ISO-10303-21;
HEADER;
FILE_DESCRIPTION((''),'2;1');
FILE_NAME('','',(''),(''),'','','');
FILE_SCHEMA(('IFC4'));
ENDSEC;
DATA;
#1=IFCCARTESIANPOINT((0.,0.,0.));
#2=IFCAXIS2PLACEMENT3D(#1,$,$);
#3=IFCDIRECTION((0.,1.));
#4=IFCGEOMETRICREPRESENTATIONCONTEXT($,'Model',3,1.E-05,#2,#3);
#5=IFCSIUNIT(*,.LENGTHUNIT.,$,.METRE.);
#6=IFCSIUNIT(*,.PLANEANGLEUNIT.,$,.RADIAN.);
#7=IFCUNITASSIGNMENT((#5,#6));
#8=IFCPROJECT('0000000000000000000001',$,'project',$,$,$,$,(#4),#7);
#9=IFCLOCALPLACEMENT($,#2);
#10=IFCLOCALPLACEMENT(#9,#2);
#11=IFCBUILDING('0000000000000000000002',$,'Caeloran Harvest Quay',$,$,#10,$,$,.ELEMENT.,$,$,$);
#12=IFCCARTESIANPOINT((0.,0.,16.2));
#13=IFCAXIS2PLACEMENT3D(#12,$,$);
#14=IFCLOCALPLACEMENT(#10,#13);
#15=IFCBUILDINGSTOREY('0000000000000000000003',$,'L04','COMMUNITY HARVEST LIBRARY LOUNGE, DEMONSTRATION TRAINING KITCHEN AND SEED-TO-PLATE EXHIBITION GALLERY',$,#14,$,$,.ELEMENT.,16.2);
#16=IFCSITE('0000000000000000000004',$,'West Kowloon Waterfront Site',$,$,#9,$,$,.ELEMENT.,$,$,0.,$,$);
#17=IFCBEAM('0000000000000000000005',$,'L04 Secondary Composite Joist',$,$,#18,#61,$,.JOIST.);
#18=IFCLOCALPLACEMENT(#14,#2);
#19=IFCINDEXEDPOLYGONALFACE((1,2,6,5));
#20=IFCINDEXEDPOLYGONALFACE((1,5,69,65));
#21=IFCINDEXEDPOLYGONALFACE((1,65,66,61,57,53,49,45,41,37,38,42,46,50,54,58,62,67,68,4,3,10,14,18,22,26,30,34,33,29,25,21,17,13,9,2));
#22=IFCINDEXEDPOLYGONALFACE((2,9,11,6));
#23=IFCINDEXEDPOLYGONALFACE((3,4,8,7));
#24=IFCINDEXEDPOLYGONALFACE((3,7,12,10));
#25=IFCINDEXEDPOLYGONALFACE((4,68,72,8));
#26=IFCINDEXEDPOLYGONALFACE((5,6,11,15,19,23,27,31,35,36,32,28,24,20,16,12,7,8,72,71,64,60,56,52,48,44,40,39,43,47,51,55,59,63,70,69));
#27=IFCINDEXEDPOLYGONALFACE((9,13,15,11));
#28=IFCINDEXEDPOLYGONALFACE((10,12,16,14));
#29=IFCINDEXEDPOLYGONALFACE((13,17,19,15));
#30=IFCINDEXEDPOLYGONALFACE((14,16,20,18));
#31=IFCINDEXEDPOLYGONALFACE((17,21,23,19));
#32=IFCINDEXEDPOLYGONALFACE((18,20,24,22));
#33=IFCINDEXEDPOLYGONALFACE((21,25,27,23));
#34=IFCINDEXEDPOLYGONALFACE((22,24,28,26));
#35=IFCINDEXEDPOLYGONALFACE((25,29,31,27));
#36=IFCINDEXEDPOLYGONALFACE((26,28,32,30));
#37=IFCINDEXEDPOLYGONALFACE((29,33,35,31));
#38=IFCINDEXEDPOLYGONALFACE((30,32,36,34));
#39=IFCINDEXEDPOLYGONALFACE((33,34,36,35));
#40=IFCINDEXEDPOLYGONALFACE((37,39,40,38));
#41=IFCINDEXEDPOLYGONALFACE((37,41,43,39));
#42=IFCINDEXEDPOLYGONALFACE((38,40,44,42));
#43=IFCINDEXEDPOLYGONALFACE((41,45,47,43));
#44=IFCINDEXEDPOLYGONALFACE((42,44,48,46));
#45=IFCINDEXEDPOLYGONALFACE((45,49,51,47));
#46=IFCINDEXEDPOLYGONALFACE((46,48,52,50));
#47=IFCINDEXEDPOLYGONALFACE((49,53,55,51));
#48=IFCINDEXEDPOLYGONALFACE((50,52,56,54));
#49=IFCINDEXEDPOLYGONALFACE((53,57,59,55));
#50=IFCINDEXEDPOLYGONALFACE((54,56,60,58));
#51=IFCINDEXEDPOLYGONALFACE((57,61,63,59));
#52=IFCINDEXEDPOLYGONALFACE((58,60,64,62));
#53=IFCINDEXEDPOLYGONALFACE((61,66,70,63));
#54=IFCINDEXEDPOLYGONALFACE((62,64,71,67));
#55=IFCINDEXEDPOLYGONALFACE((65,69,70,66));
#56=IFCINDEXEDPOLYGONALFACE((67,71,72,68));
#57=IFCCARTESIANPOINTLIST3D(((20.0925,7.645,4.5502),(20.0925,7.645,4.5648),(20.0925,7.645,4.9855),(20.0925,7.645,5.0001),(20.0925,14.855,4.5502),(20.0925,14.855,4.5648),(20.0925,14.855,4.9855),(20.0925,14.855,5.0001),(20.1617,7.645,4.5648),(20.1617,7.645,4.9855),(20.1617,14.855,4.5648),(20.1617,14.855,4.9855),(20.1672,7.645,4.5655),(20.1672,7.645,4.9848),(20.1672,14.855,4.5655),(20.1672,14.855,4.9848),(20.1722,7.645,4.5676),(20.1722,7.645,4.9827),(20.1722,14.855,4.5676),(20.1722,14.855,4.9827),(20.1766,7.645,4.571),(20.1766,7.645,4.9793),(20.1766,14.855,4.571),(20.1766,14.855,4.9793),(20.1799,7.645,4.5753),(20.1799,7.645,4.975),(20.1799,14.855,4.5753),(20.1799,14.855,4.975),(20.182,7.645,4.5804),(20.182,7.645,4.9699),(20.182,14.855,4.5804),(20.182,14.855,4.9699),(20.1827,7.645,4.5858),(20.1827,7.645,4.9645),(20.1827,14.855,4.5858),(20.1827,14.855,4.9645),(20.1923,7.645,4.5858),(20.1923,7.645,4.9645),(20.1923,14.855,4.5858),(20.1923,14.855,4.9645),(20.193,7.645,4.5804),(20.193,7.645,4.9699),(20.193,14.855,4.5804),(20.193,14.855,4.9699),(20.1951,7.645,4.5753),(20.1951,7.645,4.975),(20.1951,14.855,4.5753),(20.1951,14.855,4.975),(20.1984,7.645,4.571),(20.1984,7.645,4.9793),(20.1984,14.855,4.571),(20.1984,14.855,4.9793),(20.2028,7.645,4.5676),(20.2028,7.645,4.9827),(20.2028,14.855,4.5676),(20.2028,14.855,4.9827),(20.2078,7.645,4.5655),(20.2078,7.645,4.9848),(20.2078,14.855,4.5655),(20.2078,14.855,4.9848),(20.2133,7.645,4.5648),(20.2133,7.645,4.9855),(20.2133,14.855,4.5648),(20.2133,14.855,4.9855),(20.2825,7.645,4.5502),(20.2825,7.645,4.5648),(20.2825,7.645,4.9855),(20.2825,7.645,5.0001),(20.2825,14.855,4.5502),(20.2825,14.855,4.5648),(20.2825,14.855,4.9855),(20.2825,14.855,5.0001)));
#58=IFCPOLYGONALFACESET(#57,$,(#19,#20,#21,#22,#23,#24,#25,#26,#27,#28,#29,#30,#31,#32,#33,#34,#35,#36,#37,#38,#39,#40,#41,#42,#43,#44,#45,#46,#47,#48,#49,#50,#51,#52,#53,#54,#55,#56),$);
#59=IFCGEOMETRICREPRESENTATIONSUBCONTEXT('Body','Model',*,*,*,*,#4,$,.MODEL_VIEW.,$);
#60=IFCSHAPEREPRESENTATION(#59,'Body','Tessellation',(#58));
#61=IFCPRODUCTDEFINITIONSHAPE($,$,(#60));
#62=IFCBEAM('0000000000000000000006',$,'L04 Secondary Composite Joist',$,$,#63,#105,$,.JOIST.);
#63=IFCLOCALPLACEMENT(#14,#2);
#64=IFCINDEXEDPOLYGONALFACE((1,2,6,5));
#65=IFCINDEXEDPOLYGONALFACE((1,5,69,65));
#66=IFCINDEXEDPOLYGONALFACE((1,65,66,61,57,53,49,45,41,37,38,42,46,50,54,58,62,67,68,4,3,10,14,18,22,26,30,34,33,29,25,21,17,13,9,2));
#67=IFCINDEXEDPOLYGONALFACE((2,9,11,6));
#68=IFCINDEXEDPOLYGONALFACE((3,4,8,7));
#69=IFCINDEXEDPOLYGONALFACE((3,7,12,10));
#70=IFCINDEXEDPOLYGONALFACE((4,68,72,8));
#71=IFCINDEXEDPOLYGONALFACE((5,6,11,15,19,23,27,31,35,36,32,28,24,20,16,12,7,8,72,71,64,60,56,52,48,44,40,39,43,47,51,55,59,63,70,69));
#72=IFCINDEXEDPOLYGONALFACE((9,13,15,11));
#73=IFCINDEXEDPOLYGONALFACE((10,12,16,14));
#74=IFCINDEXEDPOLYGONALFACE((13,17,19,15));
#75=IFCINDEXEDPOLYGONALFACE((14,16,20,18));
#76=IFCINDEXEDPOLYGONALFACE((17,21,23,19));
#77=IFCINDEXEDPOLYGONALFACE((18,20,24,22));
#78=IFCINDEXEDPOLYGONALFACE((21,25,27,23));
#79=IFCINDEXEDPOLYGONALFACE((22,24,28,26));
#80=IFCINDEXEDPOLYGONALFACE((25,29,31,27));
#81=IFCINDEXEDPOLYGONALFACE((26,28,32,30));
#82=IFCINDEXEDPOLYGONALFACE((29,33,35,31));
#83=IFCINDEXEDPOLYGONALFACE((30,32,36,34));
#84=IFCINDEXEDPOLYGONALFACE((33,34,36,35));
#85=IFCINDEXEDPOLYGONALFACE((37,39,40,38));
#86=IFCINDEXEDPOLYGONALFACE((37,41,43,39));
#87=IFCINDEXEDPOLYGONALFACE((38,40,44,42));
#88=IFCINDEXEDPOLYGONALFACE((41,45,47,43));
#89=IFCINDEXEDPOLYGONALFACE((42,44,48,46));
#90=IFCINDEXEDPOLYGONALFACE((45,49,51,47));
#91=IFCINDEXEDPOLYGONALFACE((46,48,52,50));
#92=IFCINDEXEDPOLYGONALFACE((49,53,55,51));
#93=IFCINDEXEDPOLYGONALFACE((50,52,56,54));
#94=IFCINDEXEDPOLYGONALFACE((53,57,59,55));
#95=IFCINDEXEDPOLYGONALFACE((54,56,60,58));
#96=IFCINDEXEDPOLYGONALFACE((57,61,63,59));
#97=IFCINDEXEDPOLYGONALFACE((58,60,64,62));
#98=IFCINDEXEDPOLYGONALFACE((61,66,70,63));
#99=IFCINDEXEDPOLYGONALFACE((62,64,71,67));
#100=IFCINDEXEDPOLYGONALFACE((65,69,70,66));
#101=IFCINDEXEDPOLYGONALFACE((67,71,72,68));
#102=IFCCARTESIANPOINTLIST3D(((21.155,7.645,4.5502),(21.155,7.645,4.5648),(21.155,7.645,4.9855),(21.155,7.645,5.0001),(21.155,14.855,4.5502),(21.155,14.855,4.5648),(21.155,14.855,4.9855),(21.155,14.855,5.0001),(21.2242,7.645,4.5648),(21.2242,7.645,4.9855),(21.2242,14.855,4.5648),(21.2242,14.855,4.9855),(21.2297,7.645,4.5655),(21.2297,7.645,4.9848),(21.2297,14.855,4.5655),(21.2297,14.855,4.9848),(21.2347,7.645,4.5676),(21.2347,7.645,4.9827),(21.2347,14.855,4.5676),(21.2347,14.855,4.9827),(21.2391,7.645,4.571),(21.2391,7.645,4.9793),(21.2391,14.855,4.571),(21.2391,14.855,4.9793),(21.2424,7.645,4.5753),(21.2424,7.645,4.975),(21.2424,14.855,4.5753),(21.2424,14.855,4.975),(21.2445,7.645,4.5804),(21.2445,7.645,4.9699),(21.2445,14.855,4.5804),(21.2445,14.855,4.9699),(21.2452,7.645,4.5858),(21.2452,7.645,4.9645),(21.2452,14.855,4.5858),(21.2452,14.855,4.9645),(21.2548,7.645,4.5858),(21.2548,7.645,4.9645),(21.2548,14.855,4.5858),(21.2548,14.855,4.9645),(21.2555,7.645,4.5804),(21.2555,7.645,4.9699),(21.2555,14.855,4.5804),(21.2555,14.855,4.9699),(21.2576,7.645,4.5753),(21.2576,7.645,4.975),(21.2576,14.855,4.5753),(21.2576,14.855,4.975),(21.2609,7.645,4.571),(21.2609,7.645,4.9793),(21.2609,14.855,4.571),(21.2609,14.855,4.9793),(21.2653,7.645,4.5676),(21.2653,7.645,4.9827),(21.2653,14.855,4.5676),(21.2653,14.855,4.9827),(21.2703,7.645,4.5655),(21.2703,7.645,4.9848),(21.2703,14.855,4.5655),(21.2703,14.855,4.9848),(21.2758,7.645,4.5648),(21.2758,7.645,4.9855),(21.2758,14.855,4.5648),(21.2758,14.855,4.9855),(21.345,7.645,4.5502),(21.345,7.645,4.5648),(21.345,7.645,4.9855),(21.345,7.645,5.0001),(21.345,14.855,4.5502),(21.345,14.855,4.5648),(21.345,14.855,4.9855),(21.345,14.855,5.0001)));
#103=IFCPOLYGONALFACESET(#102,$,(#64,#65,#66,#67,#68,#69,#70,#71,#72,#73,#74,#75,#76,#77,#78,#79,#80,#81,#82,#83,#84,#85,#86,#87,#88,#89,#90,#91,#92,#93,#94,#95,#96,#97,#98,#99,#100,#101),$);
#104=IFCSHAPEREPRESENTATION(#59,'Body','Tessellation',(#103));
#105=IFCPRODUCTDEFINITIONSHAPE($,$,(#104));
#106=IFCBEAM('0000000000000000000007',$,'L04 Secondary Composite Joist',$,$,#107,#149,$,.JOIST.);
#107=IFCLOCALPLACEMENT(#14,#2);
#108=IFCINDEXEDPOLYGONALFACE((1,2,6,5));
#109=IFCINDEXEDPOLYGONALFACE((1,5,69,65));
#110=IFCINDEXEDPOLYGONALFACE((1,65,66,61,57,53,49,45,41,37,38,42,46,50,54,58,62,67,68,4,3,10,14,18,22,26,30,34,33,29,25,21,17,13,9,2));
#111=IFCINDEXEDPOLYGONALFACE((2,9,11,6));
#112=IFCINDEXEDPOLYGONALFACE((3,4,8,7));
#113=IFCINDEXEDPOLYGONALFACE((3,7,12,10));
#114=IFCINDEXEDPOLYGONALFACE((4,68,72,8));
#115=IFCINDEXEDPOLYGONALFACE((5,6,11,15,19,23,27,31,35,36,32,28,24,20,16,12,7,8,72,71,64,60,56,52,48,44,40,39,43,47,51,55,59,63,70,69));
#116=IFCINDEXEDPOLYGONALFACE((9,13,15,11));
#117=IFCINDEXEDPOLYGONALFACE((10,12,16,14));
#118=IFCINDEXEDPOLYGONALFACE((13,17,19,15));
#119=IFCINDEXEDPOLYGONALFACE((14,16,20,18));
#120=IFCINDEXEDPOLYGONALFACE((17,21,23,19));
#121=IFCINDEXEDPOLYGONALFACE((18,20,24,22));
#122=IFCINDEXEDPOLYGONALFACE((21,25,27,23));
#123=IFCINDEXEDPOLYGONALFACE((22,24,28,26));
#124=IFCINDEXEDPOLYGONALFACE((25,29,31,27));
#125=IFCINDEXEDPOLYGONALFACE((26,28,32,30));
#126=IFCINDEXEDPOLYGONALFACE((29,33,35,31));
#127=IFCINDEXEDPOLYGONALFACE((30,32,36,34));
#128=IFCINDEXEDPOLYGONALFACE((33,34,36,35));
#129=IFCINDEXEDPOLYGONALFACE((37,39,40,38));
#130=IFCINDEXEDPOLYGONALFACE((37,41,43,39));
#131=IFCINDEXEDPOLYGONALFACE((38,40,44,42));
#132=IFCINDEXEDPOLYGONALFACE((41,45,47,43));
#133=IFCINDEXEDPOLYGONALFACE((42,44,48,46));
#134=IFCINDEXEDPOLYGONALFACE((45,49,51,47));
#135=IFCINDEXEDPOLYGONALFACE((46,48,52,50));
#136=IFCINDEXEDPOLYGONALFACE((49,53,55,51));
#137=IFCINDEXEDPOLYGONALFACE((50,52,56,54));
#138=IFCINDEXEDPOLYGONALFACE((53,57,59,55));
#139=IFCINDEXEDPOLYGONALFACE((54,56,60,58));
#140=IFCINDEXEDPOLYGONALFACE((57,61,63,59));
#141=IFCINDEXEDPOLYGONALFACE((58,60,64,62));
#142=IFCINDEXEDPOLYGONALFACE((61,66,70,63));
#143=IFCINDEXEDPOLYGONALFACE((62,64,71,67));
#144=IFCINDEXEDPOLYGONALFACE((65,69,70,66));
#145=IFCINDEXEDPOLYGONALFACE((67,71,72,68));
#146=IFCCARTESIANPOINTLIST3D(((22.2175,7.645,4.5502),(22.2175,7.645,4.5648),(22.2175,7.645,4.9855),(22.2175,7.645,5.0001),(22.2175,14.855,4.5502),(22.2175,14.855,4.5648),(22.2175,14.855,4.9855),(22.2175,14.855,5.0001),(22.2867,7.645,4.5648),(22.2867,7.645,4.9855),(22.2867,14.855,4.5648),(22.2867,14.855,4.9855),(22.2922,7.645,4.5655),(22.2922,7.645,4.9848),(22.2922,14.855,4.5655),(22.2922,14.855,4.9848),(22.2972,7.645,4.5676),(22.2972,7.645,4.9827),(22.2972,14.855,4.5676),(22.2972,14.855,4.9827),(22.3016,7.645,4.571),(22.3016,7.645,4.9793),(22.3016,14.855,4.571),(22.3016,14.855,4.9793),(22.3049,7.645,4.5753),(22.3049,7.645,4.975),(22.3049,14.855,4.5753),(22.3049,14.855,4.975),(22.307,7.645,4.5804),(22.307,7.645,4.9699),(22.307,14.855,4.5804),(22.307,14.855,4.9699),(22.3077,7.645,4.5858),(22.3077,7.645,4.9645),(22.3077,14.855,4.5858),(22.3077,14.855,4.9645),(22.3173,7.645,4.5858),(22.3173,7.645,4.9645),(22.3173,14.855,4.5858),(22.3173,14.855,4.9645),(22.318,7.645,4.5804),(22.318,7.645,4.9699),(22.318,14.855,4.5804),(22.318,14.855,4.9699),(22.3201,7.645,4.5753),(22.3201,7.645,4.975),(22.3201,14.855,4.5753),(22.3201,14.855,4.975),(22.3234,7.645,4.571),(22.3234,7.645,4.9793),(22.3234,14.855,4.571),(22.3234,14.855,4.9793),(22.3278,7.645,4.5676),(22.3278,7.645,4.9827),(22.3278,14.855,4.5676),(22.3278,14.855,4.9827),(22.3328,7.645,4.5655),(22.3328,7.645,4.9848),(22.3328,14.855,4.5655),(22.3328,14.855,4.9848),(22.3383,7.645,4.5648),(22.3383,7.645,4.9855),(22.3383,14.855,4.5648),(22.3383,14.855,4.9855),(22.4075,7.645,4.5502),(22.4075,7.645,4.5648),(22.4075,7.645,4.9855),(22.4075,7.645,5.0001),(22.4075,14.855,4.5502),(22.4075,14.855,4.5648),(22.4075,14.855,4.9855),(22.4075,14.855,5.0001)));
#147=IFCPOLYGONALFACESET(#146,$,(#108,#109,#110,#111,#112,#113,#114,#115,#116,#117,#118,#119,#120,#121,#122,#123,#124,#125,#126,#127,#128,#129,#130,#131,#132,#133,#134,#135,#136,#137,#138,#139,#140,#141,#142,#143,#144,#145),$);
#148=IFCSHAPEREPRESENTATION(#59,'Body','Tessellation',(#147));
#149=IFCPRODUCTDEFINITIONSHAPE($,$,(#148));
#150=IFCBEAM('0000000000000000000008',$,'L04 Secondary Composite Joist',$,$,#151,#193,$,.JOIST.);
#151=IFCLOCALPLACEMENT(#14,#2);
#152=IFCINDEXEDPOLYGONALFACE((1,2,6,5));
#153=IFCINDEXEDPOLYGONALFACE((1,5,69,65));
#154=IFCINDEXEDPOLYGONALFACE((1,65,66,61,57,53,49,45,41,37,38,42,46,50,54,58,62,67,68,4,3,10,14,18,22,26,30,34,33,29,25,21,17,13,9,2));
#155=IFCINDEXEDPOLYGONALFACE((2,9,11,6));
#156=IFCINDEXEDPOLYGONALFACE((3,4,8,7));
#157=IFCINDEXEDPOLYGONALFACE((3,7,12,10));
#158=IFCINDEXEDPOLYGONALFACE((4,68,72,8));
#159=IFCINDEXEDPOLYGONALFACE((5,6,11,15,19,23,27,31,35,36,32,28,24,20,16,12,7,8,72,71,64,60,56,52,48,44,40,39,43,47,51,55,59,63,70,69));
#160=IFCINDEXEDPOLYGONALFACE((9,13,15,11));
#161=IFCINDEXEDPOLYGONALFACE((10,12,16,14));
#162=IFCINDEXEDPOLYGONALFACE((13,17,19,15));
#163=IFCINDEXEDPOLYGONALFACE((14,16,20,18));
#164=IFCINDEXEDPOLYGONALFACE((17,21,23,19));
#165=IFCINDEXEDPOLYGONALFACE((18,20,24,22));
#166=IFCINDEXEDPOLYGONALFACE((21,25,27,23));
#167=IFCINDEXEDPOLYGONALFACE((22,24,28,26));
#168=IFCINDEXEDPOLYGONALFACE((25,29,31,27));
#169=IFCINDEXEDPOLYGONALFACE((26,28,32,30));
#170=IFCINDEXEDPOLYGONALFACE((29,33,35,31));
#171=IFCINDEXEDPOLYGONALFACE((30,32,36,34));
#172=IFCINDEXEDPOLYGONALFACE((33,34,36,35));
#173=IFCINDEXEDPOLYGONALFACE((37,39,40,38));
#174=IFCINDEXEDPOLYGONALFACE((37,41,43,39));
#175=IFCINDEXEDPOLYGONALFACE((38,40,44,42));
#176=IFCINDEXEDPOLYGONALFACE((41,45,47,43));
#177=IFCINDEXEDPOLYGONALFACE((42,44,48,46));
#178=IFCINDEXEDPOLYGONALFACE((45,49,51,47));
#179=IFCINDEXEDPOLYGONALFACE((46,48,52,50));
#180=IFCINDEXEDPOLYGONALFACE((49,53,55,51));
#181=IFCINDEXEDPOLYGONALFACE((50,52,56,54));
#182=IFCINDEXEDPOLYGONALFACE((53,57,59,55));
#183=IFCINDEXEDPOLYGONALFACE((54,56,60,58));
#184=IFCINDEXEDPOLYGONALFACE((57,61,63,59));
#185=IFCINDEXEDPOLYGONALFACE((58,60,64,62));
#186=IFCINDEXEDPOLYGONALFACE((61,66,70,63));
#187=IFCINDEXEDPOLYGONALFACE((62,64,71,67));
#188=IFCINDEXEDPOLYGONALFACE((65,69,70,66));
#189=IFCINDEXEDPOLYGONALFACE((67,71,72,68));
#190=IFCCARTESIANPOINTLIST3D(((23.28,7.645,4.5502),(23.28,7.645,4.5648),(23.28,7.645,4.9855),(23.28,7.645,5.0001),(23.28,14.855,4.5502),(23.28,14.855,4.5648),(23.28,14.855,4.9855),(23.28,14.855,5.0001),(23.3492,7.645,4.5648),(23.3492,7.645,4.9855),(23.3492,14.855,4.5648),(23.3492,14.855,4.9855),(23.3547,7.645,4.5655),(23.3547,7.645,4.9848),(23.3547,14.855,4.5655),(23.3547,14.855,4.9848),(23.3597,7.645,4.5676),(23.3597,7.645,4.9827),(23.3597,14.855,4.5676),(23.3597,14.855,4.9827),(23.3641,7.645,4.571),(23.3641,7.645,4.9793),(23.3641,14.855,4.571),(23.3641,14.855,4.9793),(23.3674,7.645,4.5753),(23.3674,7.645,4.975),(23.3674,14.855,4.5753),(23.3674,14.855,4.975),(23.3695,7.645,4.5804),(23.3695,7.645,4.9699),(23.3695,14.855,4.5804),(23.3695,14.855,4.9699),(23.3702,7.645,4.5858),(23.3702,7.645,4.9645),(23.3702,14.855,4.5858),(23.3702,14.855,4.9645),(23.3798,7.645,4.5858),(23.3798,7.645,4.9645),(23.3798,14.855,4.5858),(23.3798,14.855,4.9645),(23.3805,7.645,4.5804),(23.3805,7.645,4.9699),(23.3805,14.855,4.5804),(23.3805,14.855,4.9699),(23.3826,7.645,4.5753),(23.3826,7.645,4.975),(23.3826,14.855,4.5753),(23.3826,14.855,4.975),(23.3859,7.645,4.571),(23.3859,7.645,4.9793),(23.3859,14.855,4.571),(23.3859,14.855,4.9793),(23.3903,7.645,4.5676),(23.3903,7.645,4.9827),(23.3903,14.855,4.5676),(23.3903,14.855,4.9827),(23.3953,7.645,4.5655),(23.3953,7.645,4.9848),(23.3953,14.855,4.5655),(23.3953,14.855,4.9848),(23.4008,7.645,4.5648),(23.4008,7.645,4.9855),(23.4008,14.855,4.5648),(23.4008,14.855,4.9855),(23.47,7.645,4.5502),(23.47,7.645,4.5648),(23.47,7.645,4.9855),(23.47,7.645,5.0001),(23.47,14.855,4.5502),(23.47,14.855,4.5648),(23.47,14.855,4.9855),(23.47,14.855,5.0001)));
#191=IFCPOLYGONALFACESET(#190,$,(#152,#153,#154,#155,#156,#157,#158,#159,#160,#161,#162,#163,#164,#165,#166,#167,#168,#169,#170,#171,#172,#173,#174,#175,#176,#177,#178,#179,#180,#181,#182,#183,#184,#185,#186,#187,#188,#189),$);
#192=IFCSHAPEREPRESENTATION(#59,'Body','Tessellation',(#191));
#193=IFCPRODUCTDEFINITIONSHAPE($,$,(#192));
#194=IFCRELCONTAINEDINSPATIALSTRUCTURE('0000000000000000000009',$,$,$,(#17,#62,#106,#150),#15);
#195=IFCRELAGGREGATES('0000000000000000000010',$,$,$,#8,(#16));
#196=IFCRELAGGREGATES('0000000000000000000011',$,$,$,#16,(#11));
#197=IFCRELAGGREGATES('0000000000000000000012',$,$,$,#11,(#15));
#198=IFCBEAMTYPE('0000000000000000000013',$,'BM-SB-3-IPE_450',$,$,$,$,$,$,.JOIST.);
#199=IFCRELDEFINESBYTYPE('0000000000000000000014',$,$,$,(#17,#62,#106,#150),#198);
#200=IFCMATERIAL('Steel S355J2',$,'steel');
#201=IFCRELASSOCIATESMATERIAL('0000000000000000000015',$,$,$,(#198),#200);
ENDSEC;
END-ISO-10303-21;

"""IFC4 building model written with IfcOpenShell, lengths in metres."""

from ifc_helpers import new_model, si_unit, direction, frame, origin, origin_2d, place, context, subcontext, project, spatial, i_section, extrude, material, material_profile, profile_set, type_object, element, save


model = new_model("IFC4")

# Units and contexts
model_context = context("Model", 3, precision=1e-05, world=origin(), true_north=direction((0.0, 1.0)))
body_context = subcontext(model_context, "Body", "Model", "MODEL_VIEW")
ifc_project = project(units=[si_unit("LENGTHUNIT", "METRE"), si_unit("PLANEANGLEUNIT", "RADIAN")], contexts=[model_context])

# Site, building, storey
site_placement = place(None, origin())
site = spatial("IfcSite", under=ifc_project, at=site_placement, Name="West Kowloon Waterfront Site", CompositionType="ELEMENT", RefElevation=0.0)
building_placement = place(site_placement, origin())
building = spatial("IfcBuilding", under=site, at=building_placement, Name="Caeloran Harvest Quay", CompositionType="ELEMENT")
storey_placement = place(building_placement, frame((0.0, 0.0, 16.2)))
storey = spatial("IfcBuildingStorey", under=building, at=storey_placement, Name="L04", Description="COMMUNITY HARVEST LIBRARY LOUNGE, DEMONSTRATION TRAINING KITCHEN AND SEED-TO-PLATE EXHIBITION GALLERY", CompositionType="ELEMENT", Elevation=16.2)

# Beams
ifc_material_1 = material(Name="Steel S355J2", Category="steel")
ifc_material_profile_1 = material_profile(ifc_material_1, i_section(OverallWidth=0.1899, OverallDepth=0.45, WebThickness=0.0095, FlangeThickness=0.0146, FilletRadius=0.021, at=origin_2d()), Name="IPE 450")
ifc_profile_set_1 = profile_set([ifc_material_profile_1], Name="Steel S355J2")
beam_type_1 = type_object("IfcBeamType", Name="BM-SB-3-IPE_450", PredefinedType="JOIST", material=ifc_profile_set_1)
for number, where, z_axis, x_axis, name in (
    (1, (20.1875, 7.645, 4.7751), (0.0, 1.0, 0.0), (-1.0, 0.0, 0.0), "L04 Secondary Composite Joist"),
    (2, (21.25, 7.645, 4.7751), (0.0, 1.0, 0.0), (-1.0, 0.0, 0.0), "L04 Secondary Composite Joist"),
    (3, (22.3125, 7.645, 4.7751), (0.0, 1.0, 0.0), (-1.0, 0.0, 0.0), "L04 Secondary Composite Joist"),
    (4, (23.375, 7.645, 4.7751), (0.0, 1.0, 0.0), (-1.0, 0.0, 0.0), "L04 Secondary Composite Joist"),
):
    element("IfcBeam", number, at=place(storey_placement, frame(where, z_axis=z_axis, x_axis=x_axis)), inside=storey, type_object=beam_type_1, Name=name, PredefinedType="JOIST", context=body_context, shape_type="SweptSolid", body=[
        extrude(i_section(OverallWidth=0.1899, OverallDepth=0.45, WebThickness=0.0095, FlangeThickness=0.0146, FilletRadius=0.021, at=origin_2d()), origin(), (0.0, 0.0, 1.0), 7.21),
    ])

save(model, "model.ifc")
